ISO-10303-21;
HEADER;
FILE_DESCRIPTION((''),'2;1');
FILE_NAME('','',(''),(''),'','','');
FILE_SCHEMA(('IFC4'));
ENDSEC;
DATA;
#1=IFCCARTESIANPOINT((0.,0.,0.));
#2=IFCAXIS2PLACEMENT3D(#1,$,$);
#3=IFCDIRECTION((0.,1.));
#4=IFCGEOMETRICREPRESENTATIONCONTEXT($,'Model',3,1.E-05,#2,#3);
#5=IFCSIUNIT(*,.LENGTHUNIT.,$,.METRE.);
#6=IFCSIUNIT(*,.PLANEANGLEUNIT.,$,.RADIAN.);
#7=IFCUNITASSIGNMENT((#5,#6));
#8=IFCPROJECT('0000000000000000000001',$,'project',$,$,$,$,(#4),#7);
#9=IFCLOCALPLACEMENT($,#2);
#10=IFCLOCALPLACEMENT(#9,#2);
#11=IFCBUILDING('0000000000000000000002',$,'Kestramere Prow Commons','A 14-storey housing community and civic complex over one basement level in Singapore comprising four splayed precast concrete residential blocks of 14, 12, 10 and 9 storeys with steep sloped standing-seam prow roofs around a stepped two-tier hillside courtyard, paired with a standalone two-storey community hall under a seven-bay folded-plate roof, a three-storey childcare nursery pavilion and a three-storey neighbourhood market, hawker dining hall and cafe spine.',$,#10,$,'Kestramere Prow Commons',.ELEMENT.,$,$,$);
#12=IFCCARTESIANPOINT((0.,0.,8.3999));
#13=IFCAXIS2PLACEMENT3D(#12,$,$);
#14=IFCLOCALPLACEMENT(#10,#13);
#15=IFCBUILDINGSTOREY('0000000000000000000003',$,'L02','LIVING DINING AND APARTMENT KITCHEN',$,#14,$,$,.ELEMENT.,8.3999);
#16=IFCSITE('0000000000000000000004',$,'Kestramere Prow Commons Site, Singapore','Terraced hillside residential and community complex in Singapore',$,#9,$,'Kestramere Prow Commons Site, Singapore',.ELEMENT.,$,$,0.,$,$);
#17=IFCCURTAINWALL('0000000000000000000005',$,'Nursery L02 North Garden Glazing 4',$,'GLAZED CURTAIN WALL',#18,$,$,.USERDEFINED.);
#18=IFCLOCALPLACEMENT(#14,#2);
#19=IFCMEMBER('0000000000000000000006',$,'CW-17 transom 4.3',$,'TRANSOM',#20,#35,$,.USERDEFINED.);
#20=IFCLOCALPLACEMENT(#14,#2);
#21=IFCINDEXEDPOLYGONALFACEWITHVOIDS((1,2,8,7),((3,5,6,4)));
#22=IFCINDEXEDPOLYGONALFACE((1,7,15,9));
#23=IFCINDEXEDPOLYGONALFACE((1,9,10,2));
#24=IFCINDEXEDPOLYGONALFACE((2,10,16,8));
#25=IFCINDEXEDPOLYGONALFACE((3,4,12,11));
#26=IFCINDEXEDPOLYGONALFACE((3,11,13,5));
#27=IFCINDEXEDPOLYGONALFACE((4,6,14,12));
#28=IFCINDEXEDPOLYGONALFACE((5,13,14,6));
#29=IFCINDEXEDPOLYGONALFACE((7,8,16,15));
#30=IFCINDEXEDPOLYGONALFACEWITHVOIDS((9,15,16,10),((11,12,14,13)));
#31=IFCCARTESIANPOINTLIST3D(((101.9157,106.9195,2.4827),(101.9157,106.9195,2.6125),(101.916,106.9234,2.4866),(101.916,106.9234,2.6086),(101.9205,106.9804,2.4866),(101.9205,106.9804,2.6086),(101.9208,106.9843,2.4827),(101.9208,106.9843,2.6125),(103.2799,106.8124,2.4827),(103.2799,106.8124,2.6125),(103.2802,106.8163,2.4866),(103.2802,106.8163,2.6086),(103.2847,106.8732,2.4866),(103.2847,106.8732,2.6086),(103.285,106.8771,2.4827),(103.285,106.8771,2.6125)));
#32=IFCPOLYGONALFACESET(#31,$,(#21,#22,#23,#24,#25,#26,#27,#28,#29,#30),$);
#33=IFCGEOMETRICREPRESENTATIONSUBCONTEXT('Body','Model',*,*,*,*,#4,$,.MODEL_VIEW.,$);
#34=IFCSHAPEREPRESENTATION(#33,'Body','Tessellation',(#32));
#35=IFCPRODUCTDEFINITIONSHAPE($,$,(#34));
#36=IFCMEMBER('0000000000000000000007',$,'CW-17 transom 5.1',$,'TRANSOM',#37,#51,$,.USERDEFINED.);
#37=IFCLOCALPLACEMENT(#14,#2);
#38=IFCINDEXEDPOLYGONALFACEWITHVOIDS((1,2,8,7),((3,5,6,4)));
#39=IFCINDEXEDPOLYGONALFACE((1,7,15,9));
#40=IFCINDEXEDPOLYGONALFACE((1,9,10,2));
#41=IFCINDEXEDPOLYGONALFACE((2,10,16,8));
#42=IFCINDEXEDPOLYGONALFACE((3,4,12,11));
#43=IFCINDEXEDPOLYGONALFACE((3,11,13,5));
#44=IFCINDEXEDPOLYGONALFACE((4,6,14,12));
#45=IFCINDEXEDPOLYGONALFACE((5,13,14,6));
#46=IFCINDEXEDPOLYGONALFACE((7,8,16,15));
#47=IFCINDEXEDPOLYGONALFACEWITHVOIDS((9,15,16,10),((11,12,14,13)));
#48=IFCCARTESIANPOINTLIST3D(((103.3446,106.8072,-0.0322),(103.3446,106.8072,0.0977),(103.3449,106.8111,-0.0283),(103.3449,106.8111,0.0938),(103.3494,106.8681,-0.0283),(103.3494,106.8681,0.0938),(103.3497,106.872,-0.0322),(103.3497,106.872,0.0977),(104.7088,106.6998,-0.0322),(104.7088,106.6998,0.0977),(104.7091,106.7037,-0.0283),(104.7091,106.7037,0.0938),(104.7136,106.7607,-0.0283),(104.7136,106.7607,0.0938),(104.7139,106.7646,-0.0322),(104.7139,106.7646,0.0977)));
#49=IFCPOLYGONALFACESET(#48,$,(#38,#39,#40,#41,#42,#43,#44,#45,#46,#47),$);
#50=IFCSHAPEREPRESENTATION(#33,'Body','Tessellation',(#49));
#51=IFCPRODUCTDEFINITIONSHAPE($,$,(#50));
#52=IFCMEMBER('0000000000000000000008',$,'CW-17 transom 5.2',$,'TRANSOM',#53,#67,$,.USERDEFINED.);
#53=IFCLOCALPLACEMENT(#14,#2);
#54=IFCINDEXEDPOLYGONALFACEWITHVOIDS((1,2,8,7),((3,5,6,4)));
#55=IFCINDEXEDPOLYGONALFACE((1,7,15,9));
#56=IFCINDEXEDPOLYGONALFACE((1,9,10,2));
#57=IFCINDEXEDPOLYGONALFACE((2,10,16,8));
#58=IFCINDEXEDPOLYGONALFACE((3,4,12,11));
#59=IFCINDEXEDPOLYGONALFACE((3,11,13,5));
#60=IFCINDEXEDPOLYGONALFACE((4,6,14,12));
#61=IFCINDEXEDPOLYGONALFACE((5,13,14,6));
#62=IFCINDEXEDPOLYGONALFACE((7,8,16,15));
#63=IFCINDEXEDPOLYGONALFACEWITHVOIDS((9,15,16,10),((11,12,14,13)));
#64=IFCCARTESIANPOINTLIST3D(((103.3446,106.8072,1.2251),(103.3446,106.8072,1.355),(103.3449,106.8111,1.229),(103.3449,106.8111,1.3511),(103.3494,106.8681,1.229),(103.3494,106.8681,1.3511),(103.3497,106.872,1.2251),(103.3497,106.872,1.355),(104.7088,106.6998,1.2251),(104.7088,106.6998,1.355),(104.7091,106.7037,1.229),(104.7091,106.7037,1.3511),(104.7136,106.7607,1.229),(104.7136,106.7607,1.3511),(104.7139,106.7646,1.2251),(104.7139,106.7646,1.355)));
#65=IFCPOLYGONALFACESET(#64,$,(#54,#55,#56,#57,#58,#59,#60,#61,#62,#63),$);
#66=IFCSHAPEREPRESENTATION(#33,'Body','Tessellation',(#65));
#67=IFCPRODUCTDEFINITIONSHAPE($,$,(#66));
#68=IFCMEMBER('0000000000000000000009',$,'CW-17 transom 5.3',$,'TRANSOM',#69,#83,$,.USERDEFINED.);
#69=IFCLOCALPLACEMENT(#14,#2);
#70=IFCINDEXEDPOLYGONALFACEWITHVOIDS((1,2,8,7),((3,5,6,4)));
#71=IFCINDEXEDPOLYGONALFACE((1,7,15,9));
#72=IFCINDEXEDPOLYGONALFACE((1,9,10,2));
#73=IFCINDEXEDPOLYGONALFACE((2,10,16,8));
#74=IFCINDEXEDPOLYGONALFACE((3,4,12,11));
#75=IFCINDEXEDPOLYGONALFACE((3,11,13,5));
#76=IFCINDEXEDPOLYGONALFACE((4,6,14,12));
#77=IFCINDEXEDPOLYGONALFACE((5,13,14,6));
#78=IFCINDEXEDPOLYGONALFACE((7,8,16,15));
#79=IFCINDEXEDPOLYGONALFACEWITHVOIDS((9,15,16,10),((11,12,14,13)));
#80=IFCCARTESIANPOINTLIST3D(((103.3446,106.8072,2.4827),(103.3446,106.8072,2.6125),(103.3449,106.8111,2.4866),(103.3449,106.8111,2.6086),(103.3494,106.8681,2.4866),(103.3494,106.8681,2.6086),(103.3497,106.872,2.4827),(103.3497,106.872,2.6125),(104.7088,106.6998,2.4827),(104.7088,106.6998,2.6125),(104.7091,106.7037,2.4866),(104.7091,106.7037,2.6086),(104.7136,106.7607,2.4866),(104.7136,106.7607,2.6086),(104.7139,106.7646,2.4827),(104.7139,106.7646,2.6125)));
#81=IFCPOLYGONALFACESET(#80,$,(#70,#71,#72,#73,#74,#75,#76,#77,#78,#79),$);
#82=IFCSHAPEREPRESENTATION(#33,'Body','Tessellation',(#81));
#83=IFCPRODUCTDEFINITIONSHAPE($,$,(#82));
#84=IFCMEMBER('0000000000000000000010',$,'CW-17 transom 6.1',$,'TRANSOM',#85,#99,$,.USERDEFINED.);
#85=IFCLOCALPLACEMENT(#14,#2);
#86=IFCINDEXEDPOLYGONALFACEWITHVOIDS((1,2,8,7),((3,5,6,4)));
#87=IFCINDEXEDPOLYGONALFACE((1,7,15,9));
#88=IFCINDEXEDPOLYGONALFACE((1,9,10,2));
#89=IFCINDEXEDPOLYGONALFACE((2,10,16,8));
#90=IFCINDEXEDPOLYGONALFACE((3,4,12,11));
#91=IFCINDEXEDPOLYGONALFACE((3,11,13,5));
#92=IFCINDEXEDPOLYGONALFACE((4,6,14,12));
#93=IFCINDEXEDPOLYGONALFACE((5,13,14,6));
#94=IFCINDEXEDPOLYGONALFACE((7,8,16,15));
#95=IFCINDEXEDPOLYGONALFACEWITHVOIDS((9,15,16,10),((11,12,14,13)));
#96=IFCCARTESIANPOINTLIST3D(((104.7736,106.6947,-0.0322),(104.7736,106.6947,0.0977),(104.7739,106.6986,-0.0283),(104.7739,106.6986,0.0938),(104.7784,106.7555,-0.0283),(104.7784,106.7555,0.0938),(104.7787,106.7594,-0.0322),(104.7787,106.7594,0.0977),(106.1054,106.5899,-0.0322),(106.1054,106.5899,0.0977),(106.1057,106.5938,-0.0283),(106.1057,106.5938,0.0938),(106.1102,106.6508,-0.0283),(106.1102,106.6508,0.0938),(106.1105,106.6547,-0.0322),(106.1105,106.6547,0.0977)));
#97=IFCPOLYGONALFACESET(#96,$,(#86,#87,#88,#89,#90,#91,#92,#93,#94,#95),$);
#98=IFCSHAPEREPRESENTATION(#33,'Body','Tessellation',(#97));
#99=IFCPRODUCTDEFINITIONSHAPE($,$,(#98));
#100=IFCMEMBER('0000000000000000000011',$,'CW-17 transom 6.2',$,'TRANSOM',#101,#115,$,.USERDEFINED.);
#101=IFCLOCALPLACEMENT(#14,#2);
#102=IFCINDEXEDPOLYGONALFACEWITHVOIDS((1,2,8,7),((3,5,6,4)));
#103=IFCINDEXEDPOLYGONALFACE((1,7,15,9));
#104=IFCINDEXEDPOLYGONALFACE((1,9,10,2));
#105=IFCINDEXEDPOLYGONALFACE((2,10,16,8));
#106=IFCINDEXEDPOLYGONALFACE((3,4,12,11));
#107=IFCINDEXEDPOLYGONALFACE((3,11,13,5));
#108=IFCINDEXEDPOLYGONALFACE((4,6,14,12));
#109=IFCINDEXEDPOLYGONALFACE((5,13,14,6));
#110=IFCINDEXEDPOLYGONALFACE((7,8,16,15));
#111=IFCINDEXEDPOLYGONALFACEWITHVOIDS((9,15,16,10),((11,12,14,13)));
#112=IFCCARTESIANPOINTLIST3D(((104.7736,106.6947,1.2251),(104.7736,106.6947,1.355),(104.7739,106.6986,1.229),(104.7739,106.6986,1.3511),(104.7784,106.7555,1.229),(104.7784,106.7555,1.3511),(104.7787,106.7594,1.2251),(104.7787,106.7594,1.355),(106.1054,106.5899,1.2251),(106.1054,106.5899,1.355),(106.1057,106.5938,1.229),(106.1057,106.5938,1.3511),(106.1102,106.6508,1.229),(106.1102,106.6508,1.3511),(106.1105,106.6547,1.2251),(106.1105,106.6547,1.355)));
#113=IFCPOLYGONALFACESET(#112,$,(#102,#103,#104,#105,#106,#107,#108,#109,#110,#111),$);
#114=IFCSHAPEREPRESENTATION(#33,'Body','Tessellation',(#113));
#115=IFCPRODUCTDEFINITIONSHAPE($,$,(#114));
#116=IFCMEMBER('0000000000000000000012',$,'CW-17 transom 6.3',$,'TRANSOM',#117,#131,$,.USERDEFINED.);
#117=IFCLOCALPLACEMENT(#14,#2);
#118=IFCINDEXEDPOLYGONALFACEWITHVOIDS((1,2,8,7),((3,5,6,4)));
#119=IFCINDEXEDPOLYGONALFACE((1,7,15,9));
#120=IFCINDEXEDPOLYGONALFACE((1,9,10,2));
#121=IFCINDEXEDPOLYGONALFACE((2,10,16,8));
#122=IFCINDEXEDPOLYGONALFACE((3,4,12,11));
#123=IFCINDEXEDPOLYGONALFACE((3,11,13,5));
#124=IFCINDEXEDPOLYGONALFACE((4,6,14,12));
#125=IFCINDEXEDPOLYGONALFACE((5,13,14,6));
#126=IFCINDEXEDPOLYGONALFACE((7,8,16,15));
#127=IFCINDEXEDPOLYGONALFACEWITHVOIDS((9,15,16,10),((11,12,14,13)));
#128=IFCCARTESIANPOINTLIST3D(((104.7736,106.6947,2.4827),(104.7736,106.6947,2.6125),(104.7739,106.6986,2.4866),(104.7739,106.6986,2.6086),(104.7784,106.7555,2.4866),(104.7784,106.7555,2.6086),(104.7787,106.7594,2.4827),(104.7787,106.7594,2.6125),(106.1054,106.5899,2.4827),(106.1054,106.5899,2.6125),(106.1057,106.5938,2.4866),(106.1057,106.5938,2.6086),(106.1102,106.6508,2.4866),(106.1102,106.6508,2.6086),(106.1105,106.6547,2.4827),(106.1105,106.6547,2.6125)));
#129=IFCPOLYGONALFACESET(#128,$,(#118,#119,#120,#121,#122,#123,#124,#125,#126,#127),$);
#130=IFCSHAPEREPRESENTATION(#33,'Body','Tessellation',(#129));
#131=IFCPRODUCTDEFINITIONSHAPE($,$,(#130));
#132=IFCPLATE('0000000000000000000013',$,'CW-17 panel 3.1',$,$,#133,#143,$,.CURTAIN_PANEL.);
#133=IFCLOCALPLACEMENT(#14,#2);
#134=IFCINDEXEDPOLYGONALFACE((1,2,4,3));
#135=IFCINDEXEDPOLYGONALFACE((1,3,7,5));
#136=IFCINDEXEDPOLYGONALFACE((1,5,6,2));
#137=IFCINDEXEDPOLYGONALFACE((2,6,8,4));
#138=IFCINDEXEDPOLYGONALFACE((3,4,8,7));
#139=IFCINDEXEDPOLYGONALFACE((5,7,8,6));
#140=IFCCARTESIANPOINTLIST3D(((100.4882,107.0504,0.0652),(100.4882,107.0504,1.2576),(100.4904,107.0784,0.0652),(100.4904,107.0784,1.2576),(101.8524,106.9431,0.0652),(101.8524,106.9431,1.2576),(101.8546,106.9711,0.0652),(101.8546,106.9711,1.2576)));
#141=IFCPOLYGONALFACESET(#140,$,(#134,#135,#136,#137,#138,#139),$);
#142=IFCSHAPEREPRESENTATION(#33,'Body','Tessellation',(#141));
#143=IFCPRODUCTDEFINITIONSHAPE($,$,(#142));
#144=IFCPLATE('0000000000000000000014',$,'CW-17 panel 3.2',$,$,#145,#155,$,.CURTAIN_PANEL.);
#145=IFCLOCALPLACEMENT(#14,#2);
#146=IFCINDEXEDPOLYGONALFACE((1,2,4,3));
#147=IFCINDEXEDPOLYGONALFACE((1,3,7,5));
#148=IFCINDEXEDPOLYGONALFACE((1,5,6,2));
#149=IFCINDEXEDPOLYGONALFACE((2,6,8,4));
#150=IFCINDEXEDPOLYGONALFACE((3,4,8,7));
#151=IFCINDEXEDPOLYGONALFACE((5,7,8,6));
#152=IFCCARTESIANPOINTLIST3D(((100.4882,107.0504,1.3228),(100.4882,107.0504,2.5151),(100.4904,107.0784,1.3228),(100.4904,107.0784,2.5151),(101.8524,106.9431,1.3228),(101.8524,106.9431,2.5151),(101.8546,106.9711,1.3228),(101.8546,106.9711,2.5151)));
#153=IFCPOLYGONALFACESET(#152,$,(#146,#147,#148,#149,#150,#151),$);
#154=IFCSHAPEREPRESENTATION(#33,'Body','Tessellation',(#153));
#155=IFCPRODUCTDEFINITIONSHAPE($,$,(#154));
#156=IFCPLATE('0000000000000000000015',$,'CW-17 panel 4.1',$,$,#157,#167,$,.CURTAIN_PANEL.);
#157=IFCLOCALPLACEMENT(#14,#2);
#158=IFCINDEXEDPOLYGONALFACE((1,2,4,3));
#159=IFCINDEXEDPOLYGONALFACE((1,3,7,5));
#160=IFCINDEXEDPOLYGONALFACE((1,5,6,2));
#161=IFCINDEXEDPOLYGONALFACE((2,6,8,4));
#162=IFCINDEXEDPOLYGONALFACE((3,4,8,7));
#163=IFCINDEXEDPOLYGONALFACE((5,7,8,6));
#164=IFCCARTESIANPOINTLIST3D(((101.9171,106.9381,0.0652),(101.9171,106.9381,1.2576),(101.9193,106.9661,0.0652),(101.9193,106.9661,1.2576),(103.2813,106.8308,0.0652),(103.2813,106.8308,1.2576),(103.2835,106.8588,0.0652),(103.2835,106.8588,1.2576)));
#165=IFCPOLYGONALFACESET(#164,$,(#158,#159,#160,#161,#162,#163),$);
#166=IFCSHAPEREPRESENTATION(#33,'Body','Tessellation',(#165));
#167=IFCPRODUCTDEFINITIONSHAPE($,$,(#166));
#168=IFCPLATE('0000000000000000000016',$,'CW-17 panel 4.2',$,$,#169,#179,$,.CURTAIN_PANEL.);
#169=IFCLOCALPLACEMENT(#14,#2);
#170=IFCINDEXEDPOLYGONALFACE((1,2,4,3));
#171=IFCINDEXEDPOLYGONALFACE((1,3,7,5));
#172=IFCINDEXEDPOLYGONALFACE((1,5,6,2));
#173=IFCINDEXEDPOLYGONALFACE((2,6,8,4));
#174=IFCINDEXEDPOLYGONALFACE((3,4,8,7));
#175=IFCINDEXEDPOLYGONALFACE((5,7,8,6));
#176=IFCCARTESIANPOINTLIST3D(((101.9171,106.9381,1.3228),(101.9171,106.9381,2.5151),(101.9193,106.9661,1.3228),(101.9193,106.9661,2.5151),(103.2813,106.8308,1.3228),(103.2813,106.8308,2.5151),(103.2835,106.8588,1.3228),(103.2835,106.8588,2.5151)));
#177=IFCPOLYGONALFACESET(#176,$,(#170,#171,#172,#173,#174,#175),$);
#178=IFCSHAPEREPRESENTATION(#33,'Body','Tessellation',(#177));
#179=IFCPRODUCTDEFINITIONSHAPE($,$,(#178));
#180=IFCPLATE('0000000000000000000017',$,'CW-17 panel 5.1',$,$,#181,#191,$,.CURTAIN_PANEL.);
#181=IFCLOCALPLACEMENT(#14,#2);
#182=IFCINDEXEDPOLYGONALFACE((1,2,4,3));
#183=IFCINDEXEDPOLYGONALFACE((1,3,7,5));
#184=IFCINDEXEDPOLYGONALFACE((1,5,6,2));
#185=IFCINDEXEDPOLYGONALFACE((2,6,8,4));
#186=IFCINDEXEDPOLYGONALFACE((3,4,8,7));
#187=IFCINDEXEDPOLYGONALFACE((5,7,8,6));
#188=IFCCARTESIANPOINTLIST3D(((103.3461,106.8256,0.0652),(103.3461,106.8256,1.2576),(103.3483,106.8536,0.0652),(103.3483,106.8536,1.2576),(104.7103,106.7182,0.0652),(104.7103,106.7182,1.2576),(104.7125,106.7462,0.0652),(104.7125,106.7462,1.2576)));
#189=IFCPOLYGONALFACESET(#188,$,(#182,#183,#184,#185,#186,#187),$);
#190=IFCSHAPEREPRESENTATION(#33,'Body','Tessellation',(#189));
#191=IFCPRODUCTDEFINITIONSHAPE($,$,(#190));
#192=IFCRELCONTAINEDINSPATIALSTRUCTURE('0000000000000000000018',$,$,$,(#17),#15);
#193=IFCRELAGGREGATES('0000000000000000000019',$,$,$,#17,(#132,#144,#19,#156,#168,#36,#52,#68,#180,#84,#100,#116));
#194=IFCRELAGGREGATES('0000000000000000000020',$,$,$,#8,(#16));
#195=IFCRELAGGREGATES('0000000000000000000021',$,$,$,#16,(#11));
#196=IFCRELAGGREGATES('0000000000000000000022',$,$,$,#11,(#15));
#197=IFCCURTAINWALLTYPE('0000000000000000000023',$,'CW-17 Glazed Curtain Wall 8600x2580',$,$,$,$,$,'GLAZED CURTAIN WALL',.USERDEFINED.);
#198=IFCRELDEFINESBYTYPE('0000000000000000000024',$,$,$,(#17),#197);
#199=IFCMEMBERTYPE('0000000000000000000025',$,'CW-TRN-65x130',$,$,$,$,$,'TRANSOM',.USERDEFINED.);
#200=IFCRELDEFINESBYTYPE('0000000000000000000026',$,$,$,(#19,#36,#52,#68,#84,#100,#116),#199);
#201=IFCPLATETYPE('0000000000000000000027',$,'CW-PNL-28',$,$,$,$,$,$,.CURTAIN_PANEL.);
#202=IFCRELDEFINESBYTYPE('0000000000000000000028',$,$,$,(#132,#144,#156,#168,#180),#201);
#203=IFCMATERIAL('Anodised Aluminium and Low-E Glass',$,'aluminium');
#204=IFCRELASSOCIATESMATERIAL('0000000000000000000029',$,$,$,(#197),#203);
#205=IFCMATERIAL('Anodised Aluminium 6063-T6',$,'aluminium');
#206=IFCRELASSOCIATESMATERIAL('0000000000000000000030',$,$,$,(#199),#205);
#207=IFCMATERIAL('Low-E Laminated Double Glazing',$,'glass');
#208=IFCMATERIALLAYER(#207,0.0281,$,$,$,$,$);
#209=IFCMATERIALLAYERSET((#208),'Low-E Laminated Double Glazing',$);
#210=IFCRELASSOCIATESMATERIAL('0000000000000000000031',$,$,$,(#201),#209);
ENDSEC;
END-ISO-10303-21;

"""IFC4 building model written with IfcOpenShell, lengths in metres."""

from ifc_helpers import new_model, si_unit, direction, frame, origin, origin_2d, place, context, subcontext, project, spatial, rectangle, hollow_rectangle, extrude, material, layer, layer_set, material_profile, profile_set, type_object, element, aggregate, save


model = new_model("IFC4")

# Units and contexts
model_context = context("Model", 3, precision=1e-05, world=origin(), true_north=direction((0.0, 1.0)))
body_context = subcontext(model_context, "Body", "Model", "MODEL_VIEW")
ifc_project = project(units=[si_unit("LENGTHUNIT", "METRE"), si_unit("PLANEANGLEUNIT", "RADIAN")], contexts=[model_context])

# Site, building, storey
site_placement = place(None, origin())
site = spatial("IfcSite", under=ifc_project, at=site_placement, Name="Kestramere Prow Commons Site, Singapore", Description="Terraced hillside residential and community complex in Singapore", LongName="Kestramere Prow Commons Site, Singapore", CompositionType="ELEMENT", RefElevation=0.0)
building_placement = place(site_placement, origin())
building = spatial("IfcBuilding", under=site, at=building_placement, Name="Kestramere Prow Commons", Description="A 14-storey housing community and civic complex over one basement level in Singapore comprising four splayed precast concrete residential blocks of 14, 12, 10 and 9 storeys with steep sloped standing-seam prow roofs around a stepped two-tier hillside courtyard, paired with a standalone two-storey community hall under a seven-bay folded-plate roof, a three-storey childcare nursery pavilion and a three-storey neighbourhood market, hawker dining hall and cafe spine.", LongName="Kestramere Prow Commons", CompositionType="ELEMENT")
storey_placement = place(building_placement, frame((0.0, 0.0, 8.3999)))
storey = spatial("IfcBuildingStorey", under=building, at=storey_placement, Name="L02", Description="LIVING DINING AND APARTMENT KITCHEN", CompositionType="ELEMENT", Elevation=8.3999)

# Curtain wall, members, plates
ifc_material_1 = material(Name="Anodised Aluminium and Low-E Glass", Category="aluminium")
curtain_wall_type = type_object("IfcCurtainWallType", Name="CW-17 Glazed Curtain Wall 8600x2580", ElementType="GLAZED CURTAIN WALL", PredefinedType="USERDEFINED", material=ifc_material_1)
curtain_wall_placement = place(storey_placement, origin())
curtain_wall = element("IfcCurtainWall", 1, at=curtain_wall_placement, inside=storey, type_object=curtain_wall_type, Name="Nursery L02 North Garden Glazing 4", ObjectType="GLAZED CURTAIN WALL", PredefinedType="USERDEFINED")
ifc_material_2 = material(Name="Anodised Aluminium 6063-T6", Category="aluminium")
ifc_material_profile_1 = material_profile(ifc_material_2, hollow_rectangle(XDim=0.0649, YDim=0.1299, WallThickness=0.0039, at=origin_2d()), Name="ALU-TRN 65x130")
ifc_profile_set_1 = profile_set([ifc_material_profile_1], Name="Anodised Aluminium 6063-T6")
member_type_1 = type_object("IfcMemberType", Name="CW-TRN-65x130", ElementType="TRANSOM", PredefinedType="USERDEFINED", material=ifc_profile_set_1)
member_1_placement = place(storey_placement, frame((101.9182, 106.9519, 2.5476), z_axis=(0.996928, -0.07832, 0.0), x_axis=(0.07832, 0.996928, 0.0)))
member_1 = element("IfcMember", 2, at=member_1_placement, type_object=member_type_1, Name="CW-17 transom 4.3", ObjectType="TRANSOM", PredefinedType="USERDEFINED", context=body_context, shape_type="SweptSolid", body=[
    extrude(hollow_rectangle(XDim=0.0649, YDim=0.1299, WallThickness=0.0039, at=origin_2d()), origin(), (0.0, 0.0, 1.0), 1.3684),
])
member_2_placement = place(storey_placement, frame((103.3472, 106.8396, 0.0327), z_axis=(0.996914, -0.078497, 0.0), x_axis=(0.078497, 0.996914, 0.0)))
member_2 = element("IfcMember", 3, at=member_2_placement, type_object=member_type_1, Name="CW-17 transom 5.1", ObjectType="TRANSOM", PredefinedType="USERDEFINED", context=body_context, shape_type="SweptSolid", body=[
    extrude(hollow_rectangle(XDim=0.0649, YDim=0.1299, WallThickness=0.0039, at=origin_2d()), origin(), (0.0, 0.0, 1.0), 1.3684),
])
member_3_placement = place(storey_placement, frame((103.3472, 106.8396, 1.29), z_axis=(0.996914, -0.078497, 0.0), x_axis=(0.078497, 0.996914, 0.0)))
member_3 = element("IfcMember", 4, at=member_3_placement, type_object=member_type_1, Name="CW-17 transom 5.2", ObjectType="TRANSOM", PredefinedType="USERDEFINED", context=body_context, shape_type="SweptSolid", body=[
    extrude(hollow_rectangle(XDim=0.0649, YDim=0.1299, WallThickness=0.0039, at=origin_2d()), origin(), (0.0, 0.0, 1.0), 1.3684),
])
member_4_placement = place(storey_placement, frame((103.3472, 106.8396, 2.5476), z_axis=(0.996914, -0.078497, 0.0), x_axis=(0.078497, 0.996914, 0.0)))
member_4 = element("IfcMember", 5, at=member_4_placement, type_object=member_type_1, Name="CW-17 transom 5.3", ObjectType="TRANSOM", PredefinedType="USERDEFINED", context=body_context, shape_type="SweptSolid", body=[
    extrude(hollow_rectangle(XDim=0.0649, YDim=0.1299, WallThickness=0.0039, at=origin_2d()), origin(), (0.0, 0.0, 1.0), 1.3684),
])
member_5_placement = place(storey_placement, frame((104.7761, 106.7271, 0.0327), z_axis=(0.996922, -0.078401, 0.0), x_axis=(0.078401, 0.996922, 0.0)))
member_5 = element("IfcMember", 6, at=member_5_placement, type_object=member_type_1, Name="CW-17 transom 6.1", ObjectType="TRANSOM", PredefinedType="USERDEFINED", context=body_context, shape_type="SweptSolid", body=[
    extrude(hollow_rectangle(XDim=0.0649, YDim=0.1299, WallThickness=0.0039, at=origin_2d()), origin(), (0.0, 0.0, 1.0), 1.3359),
])
member_6_placement = place(storey_placement, frame((104.7761, 106.7271, 1.29), z_axis=(0.996922, -0.078401, 0.0), x_axis=(0.078401, 0.996922, 0.0)))
member_6 = element("IfcMember", 7, at=member_6_placement, type_object=member_type_1, Name="CW-17 transom 6.2", ObjectType="TRANSOM", PredefinedType="USERDEFINED", context=body_context, shape_type="SweptSolid", body=[
    extrude(hollow_rectangle(XDim=0.0649, YDim=0.1299, WallThickness=0.0039, at=origin_2d()), origin(), (0.0, 0.0, 1.0), 1.3359),
])
member_7_placement = place(storey_placement, frame((104.7761, 106.7271, 2.5476), z_axis=(0.996922, -0.078401, 0.0), x_axis=(0.078401, 0.996922, 0.0)))
member_7 = element("IfcMember", 8, at=member_7_placement, type_object=member_type_1, Name="CW-17 transom 6.3", ObjectType="TRANSOM", PredefinedType="USERDEFINED", context=body_context, shape_type="SweptSolid", body=[
    extrude(hollow_rectangle(XDim=0.0649, YDim=0.1299, WallThickness=0.0039, at=origin_2d()), origin(), (0.0, 0.0, 1.0), 1.3359),
])
ifc_material_3 = material(Name="Low-E Laminated Double Glazing", Category="glass")
ifc_layer_1 = layer(ifc_material_3, 0.0281)
ifc_layer_set_1 = layer_set([ifc_layer_1], Name="Low-E Laminated Double Glazing")
plate_type = type_object("IfcPlateType", Name="CW-PNL-28", PredefinedType="CURTAIN_PANEL", material=ifc_layer_set_1)
plate_1_placement = place(storey_placement, frame((101.1714, 107.0107, 0.0652), z_axis=(0.0, 0.0, 1.0), x_axis=(0.996917, -0.078459, 0.0)))
plate_1 = element("IfcPlate", 9, at=plate_1_placement, type_object=plate_type, Name="CW-17 panel 3.1", PredefinedType="CURTAIN_PANEL", context=body_context, shape_type="SweptSolid", body=[
    extrude(rectangle(XDim=1.3684, YDim=0.0281, at=origin_2d()), origin(), (0.0, 0.0, 1.0), 1.1924),
])
plate_2_placement = place(storey_placement, frame((101.1714, 107.0107, 1.3228), z_axis=(0.0, 0.0, 1.0), x_axis=(0.996917, -0.078459, 0.0)))
plate_2 = element("IfcPlate", 10, at=plate_2_placement, type_object=plate_type, Name="CW-17 panel 3.2", PredefinedType="CURTAIN_PANEL", context=body_context, shape_type="SweptSolid", body=[
    extrude(rectangle(XDim=1.3684, YDim=0.0281, at=origin_2d()), origin(), (0.0, 0.0, 1.0), 1.1924),
])
plate_3_placement = place(storey_placement, frame((102.6003, 106.8984, 0.0652), z_axis=(0.0, 0.0, 1.0), x_axis=(0.996917, -0.078459, 0.0)))
plate_3 = element("IfcPlate", 11, at=plate_3_placement, type_object=plate_type, Name="CW-17 panel 4.1", PredefinedType="CURTAIN_PANEL", context=body_context, shape_type="SweptSolid", body=[
    extrude(rectangle(XDim=1.3684, YDim=0.0281, at=origin_2d()), origin(), (0.0, 0.0, 1.0), 1.1924),
])
plate_4_placement = place(storey_placement, frame((102.6003, 106.8984, 1.3228), z_axis=(0.0, 0.0, 1.0), x_axis=(0.996917, -0.078459, 0.0)))
plate_4 = element("IfcPlate", 12, at=plate_4_placement, type_object=plate_type, Name="CW-17 panel 4.2", PredefinedType="CURTAIN_PANEL", context=body_context, shape_type="SweptSolid", body=[
    extrude(rectangle(XDim=1.3684, YDim=0.0281, at=origin_2d()), origin(), (0.0, 0.0, 1.0), 1.1924),
])
plate_5_placement = place(storey_placement, frame((104.0293, 106.7859, 0.0652), z_axis=(0.0, 0.0, 1.0), x_axis=(0.996917, -0.078459, 0.0)))
plate_5 = element("IfcPlate", 13, at=plate_5_placement, type_object=plate_type, Name="CW-17 panel 5.1", PredefinedType="CURTAIN_PANEL", context=body_context, shape_type="SweptSolid", body=[
    extrude(rectangle(XDim=1.3684, YDim=0.0281, at=origin_2d()), origin(), (0.0, 0.0, 1.0), 1.1924),
])
aggregate(curtain_wall, [plate_1, plate_2, member_1, plate_3, plate_4, member_2, member_3, member_4, plate_5, member_5, member_6, member_7])

save(model, "model.ifc")
